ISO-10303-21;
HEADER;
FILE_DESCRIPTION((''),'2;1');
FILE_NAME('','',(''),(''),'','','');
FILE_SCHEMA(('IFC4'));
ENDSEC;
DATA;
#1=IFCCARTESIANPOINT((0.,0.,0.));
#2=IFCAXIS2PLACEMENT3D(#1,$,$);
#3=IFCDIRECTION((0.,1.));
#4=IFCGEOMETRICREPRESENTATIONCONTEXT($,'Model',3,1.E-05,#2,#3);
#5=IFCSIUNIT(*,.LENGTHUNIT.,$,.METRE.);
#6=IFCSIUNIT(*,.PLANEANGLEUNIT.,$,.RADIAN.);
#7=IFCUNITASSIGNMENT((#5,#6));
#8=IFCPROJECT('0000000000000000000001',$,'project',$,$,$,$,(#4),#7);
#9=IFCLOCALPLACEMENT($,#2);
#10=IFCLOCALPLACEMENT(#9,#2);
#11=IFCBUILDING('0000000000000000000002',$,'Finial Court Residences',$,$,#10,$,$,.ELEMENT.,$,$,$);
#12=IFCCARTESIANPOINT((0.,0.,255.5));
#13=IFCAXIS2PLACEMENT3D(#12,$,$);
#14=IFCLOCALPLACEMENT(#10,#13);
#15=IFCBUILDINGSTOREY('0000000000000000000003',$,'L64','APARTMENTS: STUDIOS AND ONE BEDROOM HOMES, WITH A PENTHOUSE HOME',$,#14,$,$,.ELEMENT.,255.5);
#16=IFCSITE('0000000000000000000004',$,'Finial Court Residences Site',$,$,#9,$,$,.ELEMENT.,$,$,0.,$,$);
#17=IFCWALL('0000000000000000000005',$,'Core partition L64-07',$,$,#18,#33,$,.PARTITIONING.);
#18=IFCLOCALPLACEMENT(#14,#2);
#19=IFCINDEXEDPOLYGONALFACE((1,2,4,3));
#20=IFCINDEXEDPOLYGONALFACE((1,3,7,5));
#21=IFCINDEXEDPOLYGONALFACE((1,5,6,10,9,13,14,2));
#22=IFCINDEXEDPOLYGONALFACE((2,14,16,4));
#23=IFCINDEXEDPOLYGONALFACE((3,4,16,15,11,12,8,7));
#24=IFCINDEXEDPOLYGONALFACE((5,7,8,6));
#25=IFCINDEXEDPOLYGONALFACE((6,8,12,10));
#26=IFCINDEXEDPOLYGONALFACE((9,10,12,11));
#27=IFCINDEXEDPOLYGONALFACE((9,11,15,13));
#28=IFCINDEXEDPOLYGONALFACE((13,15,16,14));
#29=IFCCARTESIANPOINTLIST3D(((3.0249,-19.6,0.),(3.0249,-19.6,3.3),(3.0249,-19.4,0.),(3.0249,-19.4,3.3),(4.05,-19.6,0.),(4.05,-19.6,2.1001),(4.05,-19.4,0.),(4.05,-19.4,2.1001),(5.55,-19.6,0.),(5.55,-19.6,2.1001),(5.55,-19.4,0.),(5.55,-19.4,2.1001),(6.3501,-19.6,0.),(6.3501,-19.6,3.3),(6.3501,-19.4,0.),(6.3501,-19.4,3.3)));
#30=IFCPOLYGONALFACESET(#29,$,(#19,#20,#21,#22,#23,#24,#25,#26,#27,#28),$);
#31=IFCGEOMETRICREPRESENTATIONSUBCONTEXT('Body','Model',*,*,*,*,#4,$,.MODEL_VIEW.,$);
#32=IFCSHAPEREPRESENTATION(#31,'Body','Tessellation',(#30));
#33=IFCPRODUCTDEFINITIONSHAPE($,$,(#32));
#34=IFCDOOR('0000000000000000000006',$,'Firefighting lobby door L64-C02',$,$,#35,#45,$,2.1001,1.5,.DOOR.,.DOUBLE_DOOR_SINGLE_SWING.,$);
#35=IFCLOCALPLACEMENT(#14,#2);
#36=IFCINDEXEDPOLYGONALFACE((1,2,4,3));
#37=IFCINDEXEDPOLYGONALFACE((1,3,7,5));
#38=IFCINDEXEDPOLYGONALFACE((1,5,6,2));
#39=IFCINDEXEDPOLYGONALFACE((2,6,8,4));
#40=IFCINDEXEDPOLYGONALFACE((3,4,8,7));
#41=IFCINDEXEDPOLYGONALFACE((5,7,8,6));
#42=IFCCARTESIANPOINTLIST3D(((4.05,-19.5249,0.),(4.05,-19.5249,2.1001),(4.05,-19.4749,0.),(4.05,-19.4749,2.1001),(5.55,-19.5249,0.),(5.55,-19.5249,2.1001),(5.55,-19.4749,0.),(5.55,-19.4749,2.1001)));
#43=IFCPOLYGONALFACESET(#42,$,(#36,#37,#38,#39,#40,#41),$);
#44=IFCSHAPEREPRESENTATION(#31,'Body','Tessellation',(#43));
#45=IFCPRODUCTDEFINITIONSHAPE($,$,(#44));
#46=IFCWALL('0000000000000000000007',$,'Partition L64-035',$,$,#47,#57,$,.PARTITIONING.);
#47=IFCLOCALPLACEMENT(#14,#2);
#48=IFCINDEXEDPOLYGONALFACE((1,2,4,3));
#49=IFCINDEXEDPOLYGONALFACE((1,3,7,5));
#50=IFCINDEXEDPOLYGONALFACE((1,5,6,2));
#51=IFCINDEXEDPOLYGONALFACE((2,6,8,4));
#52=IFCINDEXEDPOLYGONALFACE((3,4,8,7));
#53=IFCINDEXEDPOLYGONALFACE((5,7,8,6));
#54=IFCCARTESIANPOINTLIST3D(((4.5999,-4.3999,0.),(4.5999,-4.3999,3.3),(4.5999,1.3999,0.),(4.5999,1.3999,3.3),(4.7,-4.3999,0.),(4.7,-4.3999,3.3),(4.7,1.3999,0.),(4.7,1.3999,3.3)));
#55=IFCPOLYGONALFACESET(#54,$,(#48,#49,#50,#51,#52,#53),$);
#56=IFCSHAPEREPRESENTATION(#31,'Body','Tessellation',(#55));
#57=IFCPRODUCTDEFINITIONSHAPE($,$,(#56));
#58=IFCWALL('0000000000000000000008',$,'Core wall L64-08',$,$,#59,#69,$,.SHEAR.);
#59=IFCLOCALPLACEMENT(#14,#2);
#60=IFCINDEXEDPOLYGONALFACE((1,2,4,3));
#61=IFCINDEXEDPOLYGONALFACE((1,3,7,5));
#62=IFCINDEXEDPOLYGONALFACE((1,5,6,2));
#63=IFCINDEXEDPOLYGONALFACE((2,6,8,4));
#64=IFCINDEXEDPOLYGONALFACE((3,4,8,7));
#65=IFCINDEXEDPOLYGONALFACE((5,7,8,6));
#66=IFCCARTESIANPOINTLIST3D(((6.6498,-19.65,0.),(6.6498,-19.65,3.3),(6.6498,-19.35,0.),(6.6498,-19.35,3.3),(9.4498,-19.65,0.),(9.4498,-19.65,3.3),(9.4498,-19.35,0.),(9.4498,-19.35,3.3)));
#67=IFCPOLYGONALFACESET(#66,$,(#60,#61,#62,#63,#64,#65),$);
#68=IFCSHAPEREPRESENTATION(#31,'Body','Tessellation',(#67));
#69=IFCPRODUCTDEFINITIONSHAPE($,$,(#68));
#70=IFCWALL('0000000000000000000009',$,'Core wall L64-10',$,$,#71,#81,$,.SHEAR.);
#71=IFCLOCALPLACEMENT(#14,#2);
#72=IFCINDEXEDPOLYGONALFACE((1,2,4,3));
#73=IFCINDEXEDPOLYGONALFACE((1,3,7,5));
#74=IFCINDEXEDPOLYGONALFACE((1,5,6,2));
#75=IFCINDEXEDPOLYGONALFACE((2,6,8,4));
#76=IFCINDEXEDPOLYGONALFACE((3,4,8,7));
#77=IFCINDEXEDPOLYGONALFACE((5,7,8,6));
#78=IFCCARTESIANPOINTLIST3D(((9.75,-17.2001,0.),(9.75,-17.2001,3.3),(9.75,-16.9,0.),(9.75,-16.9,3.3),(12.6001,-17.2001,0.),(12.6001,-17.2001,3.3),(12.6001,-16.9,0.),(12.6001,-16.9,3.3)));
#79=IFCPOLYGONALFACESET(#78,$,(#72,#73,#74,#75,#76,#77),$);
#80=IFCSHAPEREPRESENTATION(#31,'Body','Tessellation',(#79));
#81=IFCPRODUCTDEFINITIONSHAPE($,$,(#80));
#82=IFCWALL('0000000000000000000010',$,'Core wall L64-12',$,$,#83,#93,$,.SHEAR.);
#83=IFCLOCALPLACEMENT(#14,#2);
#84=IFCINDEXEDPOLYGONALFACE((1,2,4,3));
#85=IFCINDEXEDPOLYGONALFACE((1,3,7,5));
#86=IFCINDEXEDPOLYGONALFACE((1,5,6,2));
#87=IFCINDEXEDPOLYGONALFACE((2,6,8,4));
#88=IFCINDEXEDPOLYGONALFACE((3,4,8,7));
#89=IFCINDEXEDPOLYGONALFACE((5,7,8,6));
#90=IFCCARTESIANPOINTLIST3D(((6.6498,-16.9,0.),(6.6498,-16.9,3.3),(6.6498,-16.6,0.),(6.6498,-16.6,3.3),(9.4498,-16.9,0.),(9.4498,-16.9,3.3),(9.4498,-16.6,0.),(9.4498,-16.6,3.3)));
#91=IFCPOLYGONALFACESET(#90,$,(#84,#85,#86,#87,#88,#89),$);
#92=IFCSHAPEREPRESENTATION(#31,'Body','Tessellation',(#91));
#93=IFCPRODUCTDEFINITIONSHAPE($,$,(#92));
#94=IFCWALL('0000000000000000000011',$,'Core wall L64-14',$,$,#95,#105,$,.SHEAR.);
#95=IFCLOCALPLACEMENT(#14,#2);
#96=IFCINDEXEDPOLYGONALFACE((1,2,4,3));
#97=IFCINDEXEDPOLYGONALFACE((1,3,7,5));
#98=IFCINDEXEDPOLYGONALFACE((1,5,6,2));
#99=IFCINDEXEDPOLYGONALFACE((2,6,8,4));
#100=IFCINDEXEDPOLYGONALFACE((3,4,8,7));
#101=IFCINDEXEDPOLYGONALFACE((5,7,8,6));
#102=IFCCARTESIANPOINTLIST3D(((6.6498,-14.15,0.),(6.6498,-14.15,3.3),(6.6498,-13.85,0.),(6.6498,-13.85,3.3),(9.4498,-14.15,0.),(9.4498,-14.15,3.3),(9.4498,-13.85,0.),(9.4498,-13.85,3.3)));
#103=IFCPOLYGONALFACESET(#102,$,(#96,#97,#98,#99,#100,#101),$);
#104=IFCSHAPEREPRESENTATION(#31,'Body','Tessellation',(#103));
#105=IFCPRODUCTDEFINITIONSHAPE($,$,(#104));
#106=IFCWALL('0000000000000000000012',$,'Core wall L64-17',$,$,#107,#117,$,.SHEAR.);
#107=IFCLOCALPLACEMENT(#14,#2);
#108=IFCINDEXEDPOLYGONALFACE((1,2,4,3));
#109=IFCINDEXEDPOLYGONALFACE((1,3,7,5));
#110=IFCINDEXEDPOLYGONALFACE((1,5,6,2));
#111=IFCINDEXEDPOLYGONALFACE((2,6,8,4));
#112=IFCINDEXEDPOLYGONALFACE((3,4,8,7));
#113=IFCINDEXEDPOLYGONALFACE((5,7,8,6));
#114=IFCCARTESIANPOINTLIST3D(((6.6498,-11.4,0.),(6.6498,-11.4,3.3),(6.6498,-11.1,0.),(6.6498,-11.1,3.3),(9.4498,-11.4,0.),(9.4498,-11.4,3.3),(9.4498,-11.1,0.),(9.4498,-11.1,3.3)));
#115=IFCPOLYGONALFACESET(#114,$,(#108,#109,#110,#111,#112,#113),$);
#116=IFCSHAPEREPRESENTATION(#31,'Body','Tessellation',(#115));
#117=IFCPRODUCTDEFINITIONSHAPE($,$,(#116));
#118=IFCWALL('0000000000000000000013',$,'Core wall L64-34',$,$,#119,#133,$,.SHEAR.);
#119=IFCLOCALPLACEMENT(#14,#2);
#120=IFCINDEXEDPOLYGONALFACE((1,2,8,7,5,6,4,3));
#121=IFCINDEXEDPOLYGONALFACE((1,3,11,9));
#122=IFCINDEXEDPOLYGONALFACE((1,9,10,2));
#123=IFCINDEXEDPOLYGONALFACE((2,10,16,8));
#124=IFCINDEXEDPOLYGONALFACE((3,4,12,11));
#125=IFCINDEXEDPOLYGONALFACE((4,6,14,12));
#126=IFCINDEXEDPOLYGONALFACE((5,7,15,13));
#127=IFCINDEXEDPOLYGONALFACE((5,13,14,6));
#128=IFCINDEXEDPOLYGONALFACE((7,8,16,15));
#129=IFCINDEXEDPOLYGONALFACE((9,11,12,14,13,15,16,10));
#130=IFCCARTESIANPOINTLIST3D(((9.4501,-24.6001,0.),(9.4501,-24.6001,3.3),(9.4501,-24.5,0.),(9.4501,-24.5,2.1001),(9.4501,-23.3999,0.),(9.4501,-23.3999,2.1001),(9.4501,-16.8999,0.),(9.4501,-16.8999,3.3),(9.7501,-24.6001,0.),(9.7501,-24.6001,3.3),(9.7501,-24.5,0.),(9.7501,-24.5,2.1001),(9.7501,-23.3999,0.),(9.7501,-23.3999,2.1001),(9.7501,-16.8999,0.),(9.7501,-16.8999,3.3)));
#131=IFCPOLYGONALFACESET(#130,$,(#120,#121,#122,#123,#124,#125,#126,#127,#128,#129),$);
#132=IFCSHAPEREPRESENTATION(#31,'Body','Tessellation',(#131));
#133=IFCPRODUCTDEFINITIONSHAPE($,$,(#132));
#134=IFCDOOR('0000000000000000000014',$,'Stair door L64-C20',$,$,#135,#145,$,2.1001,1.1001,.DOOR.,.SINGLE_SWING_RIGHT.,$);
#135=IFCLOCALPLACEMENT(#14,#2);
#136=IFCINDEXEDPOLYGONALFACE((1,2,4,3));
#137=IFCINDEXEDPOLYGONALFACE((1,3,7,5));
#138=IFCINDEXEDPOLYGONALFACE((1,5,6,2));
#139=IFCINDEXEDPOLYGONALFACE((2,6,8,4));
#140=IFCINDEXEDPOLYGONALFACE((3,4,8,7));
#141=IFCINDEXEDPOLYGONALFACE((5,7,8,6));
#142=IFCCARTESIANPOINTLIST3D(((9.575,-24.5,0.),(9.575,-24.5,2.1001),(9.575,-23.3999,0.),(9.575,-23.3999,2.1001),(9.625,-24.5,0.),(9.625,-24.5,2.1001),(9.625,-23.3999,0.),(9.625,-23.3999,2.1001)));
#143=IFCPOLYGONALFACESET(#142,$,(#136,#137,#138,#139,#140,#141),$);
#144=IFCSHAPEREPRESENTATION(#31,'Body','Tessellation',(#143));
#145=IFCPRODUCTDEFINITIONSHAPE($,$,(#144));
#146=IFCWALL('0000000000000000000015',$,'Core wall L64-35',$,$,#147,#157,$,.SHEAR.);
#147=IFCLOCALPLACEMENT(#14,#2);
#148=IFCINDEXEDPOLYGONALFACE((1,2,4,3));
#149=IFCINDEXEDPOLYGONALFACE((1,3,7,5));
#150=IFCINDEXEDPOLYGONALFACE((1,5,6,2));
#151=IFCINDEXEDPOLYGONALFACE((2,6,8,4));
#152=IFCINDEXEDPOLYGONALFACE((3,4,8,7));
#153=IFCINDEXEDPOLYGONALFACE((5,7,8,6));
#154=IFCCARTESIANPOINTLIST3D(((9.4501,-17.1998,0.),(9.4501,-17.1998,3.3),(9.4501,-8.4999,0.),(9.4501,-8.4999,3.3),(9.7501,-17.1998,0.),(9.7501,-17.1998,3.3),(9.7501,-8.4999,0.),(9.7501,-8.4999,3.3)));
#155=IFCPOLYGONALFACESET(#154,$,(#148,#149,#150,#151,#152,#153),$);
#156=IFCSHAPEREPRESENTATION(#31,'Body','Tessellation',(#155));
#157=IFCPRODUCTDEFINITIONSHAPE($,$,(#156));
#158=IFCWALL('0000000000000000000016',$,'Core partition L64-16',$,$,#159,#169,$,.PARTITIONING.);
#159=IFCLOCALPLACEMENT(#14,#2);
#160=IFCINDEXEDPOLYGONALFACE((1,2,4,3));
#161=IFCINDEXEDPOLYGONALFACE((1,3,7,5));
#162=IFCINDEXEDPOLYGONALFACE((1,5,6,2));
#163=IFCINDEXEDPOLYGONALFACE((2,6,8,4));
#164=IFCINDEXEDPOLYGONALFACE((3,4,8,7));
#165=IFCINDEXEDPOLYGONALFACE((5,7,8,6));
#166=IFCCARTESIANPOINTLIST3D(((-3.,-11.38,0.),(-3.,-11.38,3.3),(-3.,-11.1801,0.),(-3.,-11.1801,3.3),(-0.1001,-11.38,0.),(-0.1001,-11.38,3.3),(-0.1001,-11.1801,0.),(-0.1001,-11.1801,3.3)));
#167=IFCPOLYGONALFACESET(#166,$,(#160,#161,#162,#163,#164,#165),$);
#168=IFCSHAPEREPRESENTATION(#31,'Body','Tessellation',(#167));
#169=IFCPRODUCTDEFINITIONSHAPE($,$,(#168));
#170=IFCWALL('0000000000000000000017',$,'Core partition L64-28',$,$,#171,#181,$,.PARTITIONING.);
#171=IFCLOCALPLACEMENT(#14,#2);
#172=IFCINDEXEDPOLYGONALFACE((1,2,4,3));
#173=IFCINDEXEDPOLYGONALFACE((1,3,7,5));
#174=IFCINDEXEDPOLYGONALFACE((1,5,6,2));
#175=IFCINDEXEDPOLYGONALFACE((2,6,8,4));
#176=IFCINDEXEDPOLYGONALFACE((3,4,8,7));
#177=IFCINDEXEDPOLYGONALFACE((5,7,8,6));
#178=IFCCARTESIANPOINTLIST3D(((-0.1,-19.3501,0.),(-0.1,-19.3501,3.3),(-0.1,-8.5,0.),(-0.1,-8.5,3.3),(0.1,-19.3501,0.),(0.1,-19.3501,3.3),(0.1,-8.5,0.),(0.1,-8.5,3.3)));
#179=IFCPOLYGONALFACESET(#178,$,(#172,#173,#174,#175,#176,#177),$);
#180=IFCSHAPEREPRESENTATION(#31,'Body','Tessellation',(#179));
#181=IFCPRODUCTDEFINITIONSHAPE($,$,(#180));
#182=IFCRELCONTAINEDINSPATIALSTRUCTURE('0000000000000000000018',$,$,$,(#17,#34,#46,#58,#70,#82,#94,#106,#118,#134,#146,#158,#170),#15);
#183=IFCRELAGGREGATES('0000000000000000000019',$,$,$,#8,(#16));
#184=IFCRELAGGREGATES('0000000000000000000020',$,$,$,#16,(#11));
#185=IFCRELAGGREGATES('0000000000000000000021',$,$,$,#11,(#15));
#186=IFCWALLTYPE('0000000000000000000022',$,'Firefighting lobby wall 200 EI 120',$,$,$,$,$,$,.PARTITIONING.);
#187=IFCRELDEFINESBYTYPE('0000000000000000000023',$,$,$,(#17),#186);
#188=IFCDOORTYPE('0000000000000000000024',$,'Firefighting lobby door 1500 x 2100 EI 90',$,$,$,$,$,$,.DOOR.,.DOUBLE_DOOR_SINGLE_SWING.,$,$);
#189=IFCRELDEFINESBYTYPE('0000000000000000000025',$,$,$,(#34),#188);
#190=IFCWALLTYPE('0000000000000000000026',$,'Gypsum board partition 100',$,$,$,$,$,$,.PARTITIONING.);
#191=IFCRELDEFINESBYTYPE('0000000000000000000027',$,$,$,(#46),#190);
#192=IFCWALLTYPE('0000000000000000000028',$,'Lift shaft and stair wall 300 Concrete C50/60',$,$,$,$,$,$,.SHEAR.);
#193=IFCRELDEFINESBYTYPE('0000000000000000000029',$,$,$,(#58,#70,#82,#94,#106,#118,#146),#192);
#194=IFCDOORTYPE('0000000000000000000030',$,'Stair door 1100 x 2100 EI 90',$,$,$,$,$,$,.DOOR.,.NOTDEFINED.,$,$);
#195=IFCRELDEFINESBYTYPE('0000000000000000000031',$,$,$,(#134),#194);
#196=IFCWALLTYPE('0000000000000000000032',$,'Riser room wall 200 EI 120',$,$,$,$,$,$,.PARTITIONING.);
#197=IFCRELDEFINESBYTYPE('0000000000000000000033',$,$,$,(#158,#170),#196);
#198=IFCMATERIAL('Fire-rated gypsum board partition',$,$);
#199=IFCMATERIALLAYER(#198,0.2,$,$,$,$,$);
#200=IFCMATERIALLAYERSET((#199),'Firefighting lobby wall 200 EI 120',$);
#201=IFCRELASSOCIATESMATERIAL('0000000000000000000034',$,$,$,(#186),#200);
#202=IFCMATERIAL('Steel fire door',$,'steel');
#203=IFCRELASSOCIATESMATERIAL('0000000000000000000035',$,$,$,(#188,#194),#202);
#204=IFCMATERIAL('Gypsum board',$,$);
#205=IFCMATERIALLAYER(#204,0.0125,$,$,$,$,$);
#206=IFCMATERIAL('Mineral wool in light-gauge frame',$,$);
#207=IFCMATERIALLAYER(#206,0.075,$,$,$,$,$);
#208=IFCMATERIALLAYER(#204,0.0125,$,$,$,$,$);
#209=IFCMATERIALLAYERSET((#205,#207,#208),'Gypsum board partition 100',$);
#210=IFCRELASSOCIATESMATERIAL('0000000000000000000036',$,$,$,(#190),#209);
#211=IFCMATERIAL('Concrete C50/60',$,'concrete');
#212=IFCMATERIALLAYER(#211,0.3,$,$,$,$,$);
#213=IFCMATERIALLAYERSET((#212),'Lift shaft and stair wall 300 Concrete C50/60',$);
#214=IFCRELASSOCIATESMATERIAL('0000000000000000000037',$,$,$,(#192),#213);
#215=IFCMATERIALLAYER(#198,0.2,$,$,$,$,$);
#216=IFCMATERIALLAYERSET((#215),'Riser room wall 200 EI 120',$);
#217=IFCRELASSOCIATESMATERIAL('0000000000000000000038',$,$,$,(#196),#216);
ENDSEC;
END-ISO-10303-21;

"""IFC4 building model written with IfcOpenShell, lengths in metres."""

from ifc_helpers import new_model, si_unit, direction, frame, frame_2d, origin, place, context, subcontext, project, spatial, rectangle, extrude, material, layer, layer_set, type_object, element, fill, save


model = new_model("IFC4")

# Units and contexts
model_context = context("Model", 3, precision=1e-05, world=origin(), true_north=direction((0.0, 1.0)))
body_context = subcontext(model_context, "Body", "Model", "MODEL_VIEW")
ifc_project = project(units=[si_unit("LENGTHUNIT", "METRE"), si_unit("PLANEANGLEUNIT", "RADIAN")], contexts=[model_context])

# Site, building, storey
site_placement = place(None, origin())
site = spatial("IfcSite", under=ifc_project, at=site_placement, Name="Finial Court Residences Site", CompositionType="ELEMENT", RefElevation=0.0)
building_placement = place(site_placement, origin())
building = spatial("IfcBuilding", under=site, at=building_placement, Name="Finial Court Residences", CompositionType="ELEMENT")
storey_placement = place(building_placement, frame((0.0, 0.0, 255.5)))
storey = spatial("IfcBuildingStorey", under=building, at=storey_placement, Name="L64", Description="APARTMENTS: STUDIOS AND ONE BEDROOM HOMES, WITH A PENTHOUSE HOME", CompositionType="ELEMENT", Elevation=255.5)

# Shared definitions
ifc_material_1 = material(Name="Concrete C50/60", Category="concrete")

# Shared definitions
ifc_material_2 = material(Name="Fire-rated gypsum board partition")

# Shared definitions
ifc_material_3 = material(Name="Steel fire door", Category="steel")

# Shared definitions
ifc_material_4 = material(Name="Gypsum board")

# Wall, opening, door
ifc_layer_1 = layer(ifc_material_2, 0.2)
ifc_layer_set_1 = layer_set([ifc_layer_1], Name="Firefighting lobby wall 200 EI 120")
wall_type_1 = type_object("IfcWallType", Name="Firefighting lobby wall 200 EI 120", PredefinedType="PARTITIONING", material=ifc_layer_set_1)
wall_1_placement = place(storey_placement, frame((6.3501, -19.5, 0.0), z_axis=(0.0, 0.0, 1.0), x_axis=(-1.0, 0.0, 0.0)))
wall_1 = element("IfcWall", 1, at=wall_1_placement, inside=storey, type_object=wall_type_1, Name="Core partition L64-07", PredefinedType="PARTITIONING", context=body_context, shape_type="SweptSolid", body=[
    extrude(rectangle(XDim=3.3252, YDim=0.2, at=frame_2d((1.6626, 0.0))), origin(), (0.0, 0.0, 1.0), 3.3),
])
opening_1_placement = place(wall_1_placement, frame((0.8, 0.0, 0.0)))
opening_1 = element("IfcOpeningElement", 2, at=opening_1_placement, cuts=wall_1, PredefinedType="OPENING", context=body_context, shape_type="SweptSolid", body=[
    extrude(rectangle(XDim=1.5, YDim=2.1001, at=frame_2d((0.75, 1.05))), frame((0.0, 0.1099, 0.0), z_axis=(0.0, -1.0, 0.0), x_axis=(1.0, 0.0, 0.0)), (0.0, 0.0, 1.0), 0.22),
])
door_type_1 = type_object("IfcDoorType", Name="Firefighting lobby door 1500 x 2100 EI 90", OperationType="DOUBLE_DOOR_SINGLE_SWING", PredefinedType="DOOR", material=ifc_material_3)
door_1_placement = place(opening_1_placement, origin())
door_1 = element("IfcDoor", 3, at=door_1_placement, inside=storey, type_object=door_type_1, Name="Firefighting lobby door L64-C02", OperationType="DOUBLE_DOOR_SINGLE_SWING", OverallHeight=2.1001, OverallWidth=1.5, PredefinedType="DOOR", context=body_context, shape_type="SweptSolid", body=[
    extrude(rectangle(XDim=1.5, YDim=2.1001, at=frame_2d((0.75, 1.05))), frame((0.0, 0.0249, 0.0), z_axis=(0.0, -1.0, 0.0), x_axis=(1.0, 0.0, 0.0)), (0.0, 0.0, 1.0), 0.05),
])
fill(opening_1, door_1)

# Walls
ifc_layer_2 = layer(ifc_material_4, 0.0125)
ifc_material_5 = material(Name="Mineral wool in light-gauge frame")
ifc_layer_3 = layer(ifc_material_5, 0.075)
ifc_layer_4 = layer(ifc_material_4, 0.0125)
ifc_layer_set_2 = layer_set([ifc_layer_2, ifc_layer_3, ifc_layer_4], Name="Gypsum board partition 100")
wall_type_2 = type_object("IfcWallType", Name="Gypsum board partition 100", PredefinedType="PARTITIONING", material=ifc_layer_set_2)
wall_2_placement = place(storey_placement, frame((4.6499, -4.3999, 0.0), z_axis=(0.0, 0.0, 1.0), x_axis=(0.0, 1.0, 0.0)))
element("IfcWall", 4, at=wall_2_placement, inside=storey, type_object=wall_type_2, Name="Partition L64-035", PredefinedType="PARTITIONING", context=body_context, shape_type="SweptSolid", body=[
    extrude(rectangle(XDim=5.7998, YDim=0.1001, at=frame_2d((2.8999, 0.0))), origin(), (0.0, 0.0, 1.0), 3.3),
])
ifc_layer_5 = layer(ifc_material_1, 0.3)
ifc_layer_set_3 = layer_set([ifc_layer_5], Name="Lift shaft and stair wall 300 Concrete C50/60")
wall_type_3 = type_object("IfcWallType", Name="Lift shaft and stair wall 300 Concrete C50/60", PredefinedType="SHEAR", material=ifc_layer_set_3)
wall_3_placement = place(storey_placement, frame((6.6499, -19.5, 0.0), z_axis=(0.0, 0.0, 1.0), x_axis=(1.0, 0.0, 0.0)))
element("IfcWall", 5, at=wall_3_placement, inside=storey, type_object=wall_type_3, Name="Core wall L64-08", PredefinedType="SHEAR", context=body_context, shape_type="SweptSolid", body=[
    extrude(rectangle(XDim=2.8, YDim=0.3, at=frame_2d((1.3999, 0.0))), origin(), (0.0, 0.0, 1.0), 3.3),
])
wall_4_placement = place(storey_placement, frame((9.75, -17.05, 0.0), z_axis=(0.0, 0.0, 1.0), x_axis=(1.0, 0.0, 0.0)))
element("IfcWall", 6, at=wall_4_placement, inside=storey, type_object=wall_type_3, Name="Core wall L64-10", PredefinedType="SHEAR", context=body_context, shape_type="SweptSolid", body=[
    extrude(rectangle(XDim=2.8501, YDim=0.3, at=frame_2d((1.425, 0.0))), origin(), (0.0, 0.0, 1.0), 3.3),
])
for number, where, z_axis, x_axis, name in (
    (7, (6.6499, -16.75, 0.0), (0.0, 0.0, 1.0), (1.0, 0.0, 0.0), "Core wall L64-12"),
    (8, (6.6499, -14.0, 0.0), (0.0, 0.0, 1.0), (1.0, 0.0, 0.0), "Core wall L64-14"),
    (9, (6.6499, -11.25, 0.0), (0.0, 0.0, 1.0), (1.0, 0.0, 0.0), "Core wall L64-17"),
):
    element("IfcWall", number, at=place(storey_placement, frame(where, z_axis=z_axis, x_axis=x_axis)), inside=storey, type_object=wall_type_3, Name=name, PredefinedType="SHEAR", context=body_context, shape_type="SweptSolid", body=[
        extrude(rectangle(XDim=2.8, YDim=0.3, at=frame_2d((1.3999, 0.0))), origin(), (0.0, 0.0, 1.0), 3.3),
    ])

# Wall, opening, door
wall_5_placement = place(storey_placement, frame((9.6001, -16.8999, 0.0), z_axis=(0.0, 0.0, 1.0), x_axis=(0.0, -1.0, 0.0)))
wall_5 = element("IfcWall", 10, at=wall_5_placement, inside=storey, type_object=wall_type_3, Name="Core wall L64-34", PredefinedType="SHEAR", context=body_context, shape_type="SweptSolid", body=[
    extrude(rectangle(XDim=7.7002, YDim=0.3, at=frame_2d((3.8501, 0.0))), origin(), (0.0, 0.0, 1.0), 3.3),
])
opening_2_placement = place(wall_5_placement, frame((6.5, 0.0, 0.0)))
opening_2 = element("IfcOpeningElement", 11, at=opening_2_placement, cuts=wall_5, PredefinedType="OPENING", context=body_context, shape_type="SweptSolid", body=[
    extrude(rectangle(XDim=1.1001, YDim=2.1001, at=frame_2d((0.55, 1.05))), frame((0.0, 0.1599, 0.0), z_axis=(0.0, -1.0, 0.0), x_axis=(1.0, 0.0, 0.0)), (0.0, 0.0, 1.0), 0.3201),
])
door_type_2 = type_object("IfcDoorType", Name="Stair door 1100 x 2100 EI 90", OperationType="NOTDEFINED", PredefinedType="DOOR", material=ifc_material_3)
door_2_placement = place(opening_2_placement, origin())
door_2 = element("IfcDoor", 12, at=door_2_placement, inside=storey, type_object=door_type_2, Name="Stair door L64-C20", OperationType="SINGLE_SWING_RIGHT", OverallHeight=2.1001, OverallWidth=1.1001, PredefinedType="DOOR", context=body_context, shape_type="SweptSolid", body=[
    extrude(rectangle(XDim=1.1001, YDim=2.1001, at=frame_2d((0.55, 1.05))), frame((0.0, 0.0249, 0.0), z_axis=(0.0, -1.0, 0.0), x_axis=(1.0, 0.0, 0.0)), (0.0, 0.0, 1.0), 0.05),
])
fill(opening_2, door_2)

# Walls
wall_6_placement = place(storey_placement, frame((9.6001, -17.2, 0.0), z_axis=(0.0, 0.0, 1.0), x_axis=(0.0, 1.0, 0.0)))
element("IfcWall", 13, at=wall_6_placement, inside=storey, type_object=wall_type_3, Name="Core wall L64-35", PredefinedType="SHEAR", context=body_context, shape_type="SweptSolid", body=[
    extrude(rectangle(XDim=8.7, YDim=0.3, at=frame_2d((4.3501, 0.0))), origin(), (0.0, 0.0, 1.0), 3.3),
])
ifc_layer_6 = layer(ifc_material_2, 0.2)
ifc_layer_set_4 = layer_set([ifc_layer_6], Name="Riser room wall 200 EI 120")
wall_type_4 = type_object("IfcWallType", Name="Riser room wall 200 EI 120", PredefinedType="PARTITIONING", material=ifc_layer_set_4)
wall_7_placement = place(storey_placement, frame((-3.0, -11.28, 0.0), z_axis=(0.0, 0.0, 1.0), x_axis=(1.0, 0.0, 0.0)))
element("IfcWall", 14, at=wall_7_placement, inside=storey, type_object=wall_type_4, Name="Core partition L64-16", PredefinedType="PARTITIONING", context=body_context, shape_type="SweptSolid", body=[
    extrude(rectangle(XDim=2.8999, YDim=0.2, at=frame_2d((1.45, 0.0))), origin(), (0.0, 0.0, 1.0), 3.3),
])
wall_8_placement = place(storey_placement, frame((0.0, -19.3501, 0.0), z_axis=(0.0, 0.0, 1.0), x_axis=(0.0, 1.0, 0.0)))
element("IfcWall", 15, at=wall_8_placement, inside=storey, type_object=wall_type_4, Name="Core partition L64-28", PredefinedType="PARTITIONING", context=body_context, shape_type="SweptSolid", body=[
    extrude(rectangle(XDim=10.8501, YDim=0.2, at=frame_2d((5.425, 0.0))), origin(), (0.0, 0.0, 1.0), 3.3),
])

save(model, "model.ifc")
